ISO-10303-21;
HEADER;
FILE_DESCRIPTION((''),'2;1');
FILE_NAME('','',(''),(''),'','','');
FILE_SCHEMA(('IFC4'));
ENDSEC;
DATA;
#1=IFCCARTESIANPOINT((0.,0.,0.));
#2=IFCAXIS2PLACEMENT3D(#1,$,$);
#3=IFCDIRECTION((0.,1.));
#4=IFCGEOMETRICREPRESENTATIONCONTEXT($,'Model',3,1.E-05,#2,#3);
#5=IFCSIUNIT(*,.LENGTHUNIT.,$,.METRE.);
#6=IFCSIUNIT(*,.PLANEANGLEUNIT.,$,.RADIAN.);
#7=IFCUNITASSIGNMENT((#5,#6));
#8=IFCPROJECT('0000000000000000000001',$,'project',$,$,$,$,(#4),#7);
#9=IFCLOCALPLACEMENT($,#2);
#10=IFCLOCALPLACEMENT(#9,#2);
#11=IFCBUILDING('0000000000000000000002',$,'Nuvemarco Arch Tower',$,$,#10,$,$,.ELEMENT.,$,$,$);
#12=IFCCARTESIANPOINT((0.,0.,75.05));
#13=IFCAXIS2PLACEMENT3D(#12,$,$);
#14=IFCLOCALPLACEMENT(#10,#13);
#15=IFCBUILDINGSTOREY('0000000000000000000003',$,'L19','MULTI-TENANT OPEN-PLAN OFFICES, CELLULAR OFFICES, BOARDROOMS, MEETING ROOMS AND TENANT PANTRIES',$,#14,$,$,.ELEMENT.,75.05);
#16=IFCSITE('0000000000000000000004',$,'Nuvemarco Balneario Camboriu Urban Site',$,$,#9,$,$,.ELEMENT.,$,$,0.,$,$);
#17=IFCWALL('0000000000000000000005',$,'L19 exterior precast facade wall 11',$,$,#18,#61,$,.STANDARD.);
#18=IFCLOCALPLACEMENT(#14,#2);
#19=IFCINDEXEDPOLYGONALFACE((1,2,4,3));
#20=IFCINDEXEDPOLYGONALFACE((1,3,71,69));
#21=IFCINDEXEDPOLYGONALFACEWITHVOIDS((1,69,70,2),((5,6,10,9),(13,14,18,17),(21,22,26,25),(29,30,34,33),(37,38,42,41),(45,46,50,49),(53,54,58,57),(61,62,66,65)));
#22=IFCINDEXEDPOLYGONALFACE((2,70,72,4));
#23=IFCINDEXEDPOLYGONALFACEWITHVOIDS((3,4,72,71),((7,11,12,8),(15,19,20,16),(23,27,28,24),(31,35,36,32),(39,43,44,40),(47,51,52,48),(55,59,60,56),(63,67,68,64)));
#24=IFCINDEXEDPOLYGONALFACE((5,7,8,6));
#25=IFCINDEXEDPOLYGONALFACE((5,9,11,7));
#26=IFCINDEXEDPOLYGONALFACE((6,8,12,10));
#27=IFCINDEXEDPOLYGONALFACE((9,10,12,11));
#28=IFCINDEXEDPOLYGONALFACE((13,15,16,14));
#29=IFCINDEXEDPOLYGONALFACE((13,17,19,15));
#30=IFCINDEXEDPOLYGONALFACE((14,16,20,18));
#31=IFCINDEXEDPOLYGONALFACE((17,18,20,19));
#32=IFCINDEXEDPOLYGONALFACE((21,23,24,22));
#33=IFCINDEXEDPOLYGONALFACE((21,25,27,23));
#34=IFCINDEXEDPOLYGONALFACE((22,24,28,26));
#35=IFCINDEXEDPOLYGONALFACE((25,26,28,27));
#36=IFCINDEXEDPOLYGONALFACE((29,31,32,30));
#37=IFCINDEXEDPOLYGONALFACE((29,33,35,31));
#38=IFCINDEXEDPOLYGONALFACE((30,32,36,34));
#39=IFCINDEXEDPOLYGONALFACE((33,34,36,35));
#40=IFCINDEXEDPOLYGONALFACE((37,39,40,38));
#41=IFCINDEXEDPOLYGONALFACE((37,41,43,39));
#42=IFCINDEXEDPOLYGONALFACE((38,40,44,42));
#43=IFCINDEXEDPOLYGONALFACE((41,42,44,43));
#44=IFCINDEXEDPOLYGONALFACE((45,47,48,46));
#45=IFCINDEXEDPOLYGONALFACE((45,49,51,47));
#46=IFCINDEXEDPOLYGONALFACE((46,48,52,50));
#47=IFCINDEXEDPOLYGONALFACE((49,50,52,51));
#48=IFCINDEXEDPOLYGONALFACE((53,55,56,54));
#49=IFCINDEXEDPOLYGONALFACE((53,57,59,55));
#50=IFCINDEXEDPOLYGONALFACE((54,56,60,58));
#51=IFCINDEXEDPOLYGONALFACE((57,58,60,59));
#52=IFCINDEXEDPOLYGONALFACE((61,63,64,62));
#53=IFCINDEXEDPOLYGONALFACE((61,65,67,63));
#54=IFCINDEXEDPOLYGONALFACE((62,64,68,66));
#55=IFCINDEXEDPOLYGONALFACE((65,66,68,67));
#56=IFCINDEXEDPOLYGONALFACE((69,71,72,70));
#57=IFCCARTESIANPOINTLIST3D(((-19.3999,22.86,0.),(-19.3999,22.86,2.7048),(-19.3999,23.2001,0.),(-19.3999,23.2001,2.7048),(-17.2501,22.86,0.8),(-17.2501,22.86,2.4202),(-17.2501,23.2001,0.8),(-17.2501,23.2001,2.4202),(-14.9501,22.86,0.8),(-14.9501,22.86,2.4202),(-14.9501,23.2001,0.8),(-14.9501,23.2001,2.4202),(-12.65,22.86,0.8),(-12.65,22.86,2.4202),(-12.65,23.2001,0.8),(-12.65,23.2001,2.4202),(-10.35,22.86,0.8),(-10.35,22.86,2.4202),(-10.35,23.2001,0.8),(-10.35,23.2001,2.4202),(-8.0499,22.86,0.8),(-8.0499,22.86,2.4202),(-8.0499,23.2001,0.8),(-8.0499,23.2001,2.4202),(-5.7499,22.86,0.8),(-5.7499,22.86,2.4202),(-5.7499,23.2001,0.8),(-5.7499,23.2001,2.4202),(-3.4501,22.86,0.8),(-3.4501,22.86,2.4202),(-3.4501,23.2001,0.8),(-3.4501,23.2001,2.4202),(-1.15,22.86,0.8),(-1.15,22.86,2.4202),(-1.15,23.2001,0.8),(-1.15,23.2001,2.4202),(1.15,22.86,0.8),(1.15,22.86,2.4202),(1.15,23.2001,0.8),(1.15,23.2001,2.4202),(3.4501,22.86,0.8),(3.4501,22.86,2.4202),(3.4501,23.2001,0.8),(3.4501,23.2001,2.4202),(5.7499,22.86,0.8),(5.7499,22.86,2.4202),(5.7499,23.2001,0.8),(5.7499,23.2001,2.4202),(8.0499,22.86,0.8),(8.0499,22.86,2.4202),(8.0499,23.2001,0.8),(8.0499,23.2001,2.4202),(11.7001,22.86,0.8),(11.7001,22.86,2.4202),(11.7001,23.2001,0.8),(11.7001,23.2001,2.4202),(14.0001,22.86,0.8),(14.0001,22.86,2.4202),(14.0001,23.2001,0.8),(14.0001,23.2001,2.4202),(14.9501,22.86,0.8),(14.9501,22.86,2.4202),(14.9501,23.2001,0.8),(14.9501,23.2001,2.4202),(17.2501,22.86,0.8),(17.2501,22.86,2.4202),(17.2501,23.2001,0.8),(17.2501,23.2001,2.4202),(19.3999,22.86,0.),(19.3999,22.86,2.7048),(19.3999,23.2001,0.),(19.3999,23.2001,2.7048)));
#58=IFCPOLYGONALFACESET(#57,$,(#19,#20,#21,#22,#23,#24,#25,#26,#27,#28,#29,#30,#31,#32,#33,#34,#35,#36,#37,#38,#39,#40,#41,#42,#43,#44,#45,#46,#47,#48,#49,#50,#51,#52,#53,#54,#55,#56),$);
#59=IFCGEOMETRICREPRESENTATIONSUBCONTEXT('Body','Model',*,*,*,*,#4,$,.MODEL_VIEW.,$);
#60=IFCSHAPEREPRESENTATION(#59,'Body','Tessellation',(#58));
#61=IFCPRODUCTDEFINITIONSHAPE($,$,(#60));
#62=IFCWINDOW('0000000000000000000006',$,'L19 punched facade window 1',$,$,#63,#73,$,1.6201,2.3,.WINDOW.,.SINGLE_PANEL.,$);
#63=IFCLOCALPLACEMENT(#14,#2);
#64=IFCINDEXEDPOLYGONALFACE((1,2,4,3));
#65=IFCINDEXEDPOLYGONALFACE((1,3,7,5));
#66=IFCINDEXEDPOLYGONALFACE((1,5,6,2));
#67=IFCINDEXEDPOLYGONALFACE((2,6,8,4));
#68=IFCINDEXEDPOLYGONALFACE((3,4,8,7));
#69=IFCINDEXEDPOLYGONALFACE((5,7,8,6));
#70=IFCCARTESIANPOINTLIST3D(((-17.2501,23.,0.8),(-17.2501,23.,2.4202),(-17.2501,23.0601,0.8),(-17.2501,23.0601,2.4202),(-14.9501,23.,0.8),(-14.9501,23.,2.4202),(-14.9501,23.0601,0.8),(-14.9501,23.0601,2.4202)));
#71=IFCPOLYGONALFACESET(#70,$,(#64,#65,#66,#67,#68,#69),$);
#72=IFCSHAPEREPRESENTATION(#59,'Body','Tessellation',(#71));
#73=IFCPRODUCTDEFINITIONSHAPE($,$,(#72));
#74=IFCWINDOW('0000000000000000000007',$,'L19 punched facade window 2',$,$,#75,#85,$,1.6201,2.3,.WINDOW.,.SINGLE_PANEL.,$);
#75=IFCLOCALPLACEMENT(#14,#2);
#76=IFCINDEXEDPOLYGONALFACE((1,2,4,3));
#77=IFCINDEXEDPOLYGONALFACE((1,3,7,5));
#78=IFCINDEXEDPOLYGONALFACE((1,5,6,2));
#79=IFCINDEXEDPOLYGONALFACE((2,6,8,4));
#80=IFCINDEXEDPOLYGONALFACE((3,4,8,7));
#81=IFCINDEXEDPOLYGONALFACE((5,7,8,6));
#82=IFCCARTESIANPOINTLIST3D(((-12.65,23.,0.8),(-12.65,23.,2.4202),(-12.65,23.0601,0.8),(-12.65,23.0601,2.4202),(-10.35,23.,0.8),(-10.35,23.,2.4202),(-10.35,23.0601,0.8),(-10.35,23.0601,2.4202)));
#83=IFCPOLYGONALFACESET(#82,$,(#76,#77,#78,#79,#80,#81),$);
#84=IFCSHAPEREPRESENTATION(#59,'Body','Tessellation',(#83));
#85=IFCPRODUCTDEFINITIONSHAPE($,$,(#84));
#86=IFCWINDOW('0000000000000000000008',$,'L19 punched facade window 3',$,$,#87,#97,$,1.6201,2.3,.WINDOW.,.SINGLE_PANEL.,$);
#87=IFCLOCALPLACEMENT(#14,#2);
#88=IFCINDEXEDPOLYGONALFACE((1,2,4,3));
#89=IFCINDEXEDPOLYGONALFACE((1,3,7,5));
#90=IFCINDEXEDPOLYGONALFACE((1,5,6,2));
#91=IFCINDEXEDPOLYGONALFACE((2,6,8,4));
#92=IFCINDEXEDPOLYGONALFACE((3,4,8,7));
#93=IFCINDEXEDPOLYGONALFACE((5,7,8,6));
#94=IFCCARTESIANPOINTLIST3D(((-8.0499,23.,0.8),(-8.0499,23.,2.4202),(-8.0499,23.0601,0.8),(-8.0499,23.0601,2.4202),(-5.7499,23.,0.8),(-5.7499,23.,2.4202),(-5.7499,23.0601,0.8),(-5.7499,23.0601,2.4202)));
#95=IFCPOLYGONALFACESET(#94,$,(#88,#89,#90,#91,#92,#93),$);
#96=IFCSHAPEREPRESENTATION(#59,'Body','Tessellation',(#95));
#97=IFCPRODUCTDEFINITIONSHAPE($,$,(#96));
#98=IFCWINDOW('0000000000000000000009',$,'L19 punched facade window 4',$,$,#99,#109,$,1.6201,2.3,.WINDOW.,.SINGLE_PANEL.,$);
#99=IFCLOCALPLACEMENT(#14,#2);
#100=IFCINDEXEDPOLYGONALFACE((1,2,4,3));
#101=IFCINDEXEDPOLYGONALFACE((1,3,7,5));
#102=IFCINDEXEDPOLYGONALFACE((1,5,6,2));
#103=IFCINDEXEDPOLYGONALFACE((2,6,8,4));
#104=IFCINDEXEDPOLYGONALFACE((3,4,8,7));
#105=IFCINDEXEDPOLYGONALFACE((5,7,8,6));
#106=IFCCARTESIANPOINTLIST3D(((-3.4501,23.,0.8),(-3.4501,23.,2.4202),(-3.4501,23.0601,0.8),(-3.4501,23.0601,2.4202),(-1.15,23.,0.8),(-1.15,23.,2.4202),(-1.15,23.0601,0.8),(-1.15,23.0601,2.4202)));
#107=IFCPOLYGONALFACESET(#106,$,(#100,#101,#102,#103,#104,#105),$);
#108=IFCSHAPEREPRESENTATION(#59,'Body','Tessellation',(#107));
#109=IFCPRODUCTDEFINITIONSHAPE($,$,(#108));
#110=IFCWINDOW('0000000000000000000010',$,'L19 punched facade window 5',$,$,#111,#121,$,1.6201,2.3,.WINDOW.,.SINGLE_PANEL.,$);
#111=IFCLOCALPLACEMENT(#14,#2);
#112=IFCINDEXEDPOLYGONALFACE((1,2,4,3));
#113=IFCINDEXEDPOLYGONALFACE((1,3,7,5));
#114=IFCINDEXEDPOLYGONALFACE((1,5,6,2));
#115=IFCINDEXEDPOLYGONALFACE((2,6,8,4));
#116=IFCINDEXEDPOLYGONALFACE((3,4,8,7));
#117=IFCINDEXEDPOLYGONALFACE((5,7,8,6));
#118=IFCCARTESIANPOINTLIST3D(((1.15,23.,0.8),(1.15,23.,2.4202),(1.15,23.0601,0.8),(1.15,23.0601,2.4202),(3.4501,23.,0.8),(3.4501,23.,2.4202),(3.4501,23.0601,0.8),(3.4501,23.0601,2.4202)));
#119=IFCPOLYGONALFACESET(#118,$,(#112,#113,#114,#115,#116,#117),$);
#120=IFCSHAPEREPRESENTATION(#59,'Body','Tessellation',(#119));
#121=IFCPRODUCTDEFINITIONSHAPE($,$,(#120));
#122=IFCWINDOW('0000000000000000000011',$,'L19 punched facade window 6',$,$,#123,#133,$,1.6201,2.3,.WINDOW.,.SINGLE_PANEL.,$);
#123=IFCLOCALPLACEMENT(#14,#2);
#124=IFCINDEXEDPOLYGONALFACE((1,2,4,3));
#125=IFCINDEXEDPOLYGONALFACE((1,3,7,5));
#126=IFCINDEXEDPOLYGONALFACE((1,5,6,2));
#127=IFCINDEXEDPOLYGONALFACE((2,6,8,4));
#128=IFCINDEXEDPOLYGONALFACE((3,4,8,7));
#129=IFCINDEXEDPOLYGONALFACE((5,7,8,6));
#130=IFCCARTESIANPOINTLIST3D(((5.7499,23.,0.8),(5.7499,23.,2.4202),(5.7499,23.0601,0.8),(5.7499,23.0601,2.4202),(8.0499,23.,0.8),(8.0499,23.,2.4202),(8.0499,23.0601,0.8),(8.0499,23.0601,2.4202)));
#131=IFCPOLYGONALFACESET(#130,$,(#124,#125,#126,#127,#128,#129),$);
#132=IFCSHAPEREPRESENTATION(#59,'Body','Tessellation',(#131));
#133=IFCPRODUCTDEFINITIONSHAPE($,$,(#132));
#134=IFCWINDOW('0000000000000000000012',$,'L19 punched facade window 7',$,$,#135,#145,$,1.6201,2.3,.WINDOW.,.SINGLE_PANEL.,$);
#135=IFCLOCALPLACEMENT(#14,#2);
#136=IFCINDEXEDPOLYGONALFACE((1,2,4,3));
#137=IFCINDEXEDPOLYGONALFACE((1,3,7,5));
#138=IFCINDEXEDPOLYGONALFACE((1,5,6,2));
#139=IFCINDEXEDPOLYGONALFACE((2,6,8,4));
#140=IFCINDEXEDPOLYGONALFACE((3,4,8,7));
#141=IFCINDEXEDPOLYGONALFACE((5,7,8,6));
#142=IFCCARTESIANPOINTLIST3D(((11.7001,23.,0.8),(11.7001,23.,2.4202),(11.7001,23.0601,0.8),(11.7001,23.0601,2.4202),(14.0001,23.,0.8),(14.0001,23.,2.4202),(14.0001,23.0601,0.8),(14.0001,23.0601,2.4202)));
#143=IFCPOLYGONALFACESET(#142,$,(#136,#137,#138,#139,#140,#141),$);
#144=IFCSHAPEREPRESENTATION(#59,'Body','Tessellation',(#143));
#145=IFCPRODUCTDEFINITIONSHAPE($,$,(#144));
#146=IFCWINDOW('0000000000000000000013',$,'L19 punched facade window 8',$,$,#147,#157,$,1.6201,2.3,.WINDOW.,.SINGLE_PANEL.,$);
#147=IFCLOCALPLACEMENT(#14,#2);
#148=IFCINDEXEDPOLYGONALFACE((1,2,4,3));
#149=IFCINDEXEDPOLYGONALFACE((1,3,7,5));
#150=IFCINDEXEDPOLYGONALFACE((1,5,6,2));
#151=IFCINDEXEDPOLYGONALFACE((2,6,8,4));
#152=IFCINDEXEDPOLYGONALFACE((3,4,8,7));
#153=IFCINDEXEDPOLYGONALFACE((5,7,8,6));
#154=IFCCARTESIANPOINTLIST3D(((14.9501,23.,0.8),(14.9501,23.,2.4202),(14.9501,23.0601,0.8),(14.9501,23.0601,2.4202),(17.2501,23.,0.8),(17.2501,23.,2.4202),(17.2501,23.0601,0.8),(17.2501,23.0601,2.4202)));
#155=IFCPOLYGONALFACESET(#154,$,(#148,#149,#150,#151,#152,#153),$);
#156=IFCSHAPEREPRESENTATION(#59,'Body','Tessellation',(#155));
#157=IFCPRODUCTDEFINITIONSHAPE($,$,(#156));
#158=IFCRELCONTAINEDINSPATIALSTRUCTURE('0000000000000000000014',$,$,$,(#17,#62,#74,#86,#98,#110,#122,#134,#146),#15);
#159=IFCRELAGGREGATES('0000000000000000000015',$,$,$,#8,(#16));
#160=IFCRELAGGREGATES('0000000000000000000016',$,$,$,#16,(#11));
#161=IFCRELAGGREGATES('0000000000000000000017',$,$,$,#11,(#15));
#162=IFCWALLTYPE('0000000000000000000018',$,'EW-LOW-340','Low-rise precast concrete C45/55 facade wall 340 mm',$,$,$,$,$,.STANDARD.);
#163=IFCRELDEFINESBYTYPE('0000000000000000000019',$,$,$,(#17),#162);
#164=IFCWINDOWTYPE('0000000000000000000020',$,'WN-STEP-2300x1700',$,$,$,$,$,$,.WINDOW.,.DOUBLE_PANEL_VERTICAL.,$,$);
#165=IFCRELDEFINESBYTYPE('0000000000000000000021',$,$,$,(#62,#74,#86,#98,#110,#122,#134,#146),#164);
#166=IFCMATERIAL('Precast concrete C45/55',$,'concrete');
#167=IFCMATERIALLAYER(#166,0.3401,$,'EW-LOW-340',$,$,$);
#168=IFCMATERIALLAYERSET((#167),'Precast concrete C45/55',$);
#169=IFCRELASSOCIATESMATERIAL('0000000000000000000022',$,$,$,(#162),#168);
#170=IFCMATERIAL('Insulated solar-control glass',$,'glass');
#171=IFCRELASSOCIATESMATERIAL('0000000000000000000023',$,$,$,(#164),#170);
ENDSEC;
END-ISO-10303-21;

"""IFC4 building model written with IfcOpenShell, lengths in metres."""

from ifc_helpers import new_model, si_unit, direction, frame, frame_2d, origin, place, context, subcontext, project, spatial, rectangle, extrude, source, transform, mapped, material, layer, layer_set, type_object, type_shapes, element, fill, save


model = new_model("IFC4")

# Units and contexts
model_context = context("Model", 3, precision=1e-05, world=origin(), true_north=direction((0.0, 1.0)))
body_context = subcontext(model_context, "Body", "Model", "MODEL_VIEW")
ifc_project = project(units=[si_unit("LENGTHUNIT", "METRE"), si_unit("PLANEANGLEUNIT", "RADIAN")], contexts=[model_context])

# Site, building, storey
site_placement = place(None, origin())
site = spatial("IfcSite", under=ifc_project, at=site_placement, Name="Nuvemarco Balneario Camboriu Urban Site", CompositionType="ELEMENT", RefElevation=0.0)
building_placement = place(site_placement, origin())
building = spatial("IfcBuilding", under=site, at=building_placement, Name="Nuvemarco Arch Tower", CompositionType="ELEMENT")
storey_placement = place(building_placement, frame((0.0, 0.0, 75.05)))
storey = spatial("IfcBuildingStorey", under=building, at=storey_placement, Name="L19", Description="MULTI-TENANT OPEN-PLAN OFFICES, CELLULAR OFFICES, BOARDROOMS, MEETING ROOMS AND TENANT PANTRIES", CompositionType="ELEMENT", Elevation=75.05)

# Wall, openings, windows
ifc_material_1 = material(Name="Precast concrete C45/55", Category="concrete")
ifc_layer = layer(ifc_material_1, 0.3401, Name="EW-LOW-340")
ifc_layer_set = layer_set([ifc_layer], Name="Precast concrete C45/55")
wall_type = type_object("IfcWallType", Name="EW-LOW-340", Description="Low-rise precast concrete C45/55 facade wall 340 mm", PredefinedType="STANDARD", material=ifc_layer_set)
wall_1_placement = place(storey_placement, frame((-19.3999, 23.03, 0.0), z_axis=(0.0, 0.0, 1.0), x_axis=(1.0, 0.0, 0.0)))
wall_1 = element("IfcWall", 1, at=wall_1_placement, inside=storey, type_object=wall_type, Name="L19 exterior precast facade wall 11", PredefinedType="STANDARD", context=body_context, shape_type="SweptSolid", body=[
    extrude(rectangle(XDim=38.7998, YDim=0.3401, at=frame_2d((19.3999, 0.0))), origin(), (0.0, 0.0, 1.0), 2.7048),
])
opening_1_placement = place(wall_1_placement, frame((2.1499, 0.0, 0.8)))
opening_1 = element("IfcOpeningElement", 2, at=opening_1_placement, cuts=wall_1, PredefinedType="OPENING", context=body_context, shape_type="SweptSolid", body=[
    extrude(rectangle(XDim=2.3, YDim=1.6201, at=frame_2d((1.1499, 0.8101))), frame((0.0, 0.1799, 0.0), z_axis=(0.0, -1.0, 0.0), x_axis=(1.0, 0.0, 0.0)), (0.0, 0.0, 1.0), 0.3601),
])
opening_2_placement = place(wall_1_placement, frame((6.75, 0.0, 0.8)))
opening_2 = element("IfcOpeningElement", 3, at=opening_2_placement, cuts=wall_1, PredefinedType="OPENING", context=body_context, shape_type="SweptSolid", body=[
    extrude(rectangle(XDim=2.3, YDim=1.6201, at=frame_2d((1.1499, 0.8101))), frame((0.0, 0.1799, 0.0), z_axis=(0.0, -1.0, 0.0), x_axis=(1.0, 0.0, 0.0)), (0.0, 0.0, 1.0), 0.3601),
])
opening_3_placement = place(wall_1_placement, frame((11.3501, 0.0, 0.8)))
opening_3 = element("IfcOpeningElement", 4, at=opening_3_placement, cuts=wall_1, PredefinedType="OPENING", context=body_context, shape_type="SweptSolid", body=[
    extrude(rectangle(XDim=2.3, YDim=1.6201, at=frame_2d((1.1499, 0.8101))), frame((0.0, 0.1799, 0.0), z_axis=(0.0, -1.0, 0.0), x_axis=(1.0, 0.0, 0.0)), (0.0, 0.0, 1.0), 0.3601),
])
opening_4_placement = place(wall_1_placement, frame((15.95, 0.0, 0.8)))
opening_4 = element("IfcOpeningElement", 5, at=opening_4_placement, cuts=wall_1, PredefinedType="OPENING", context=body_context, shape_type="SweptSolid", body=[
    extrude(rectangle(XDim=2.3, YDim=1.6201, at=frame_2d((1.1499, 0.8101))), frame((0.0, 0.1799, 0.0), z_axis=(0.0, -1.0, 0.0), x_axis=(1.0, 0.0, 0.0)), (0.0, 0.0, 1.0), 0.3601),
])
opening_5_placement = place(wall_1_placement, frame((20.55, 0.0, 0.8)))
opening_5 = element("IfcOpeningElement", 6, at=opening_5_placement, cuts=wall_1, PredefinedType="OPENING", context=body_context, shape_type="SweptSolid", body=[
    extrude(rectangle(XDim=2.3, YDim=1.6201, at=frame_2d((1.1499, 0.8101))), frame((0.0, 0.1799, 0.0), z_axis=(0.0, -1.0, 0.0), x_axis=(1.0, 0.0, 0.0)), (0.0, 0.0, 1.0), 0.3601),
])
opening_6_placement = place(wall_1_placement, frame((25.1499, 0.0, 0.8)))
opening_6 = element("IfcOpeningElement", 7, at=opening_6_placement, cuts=wall_1, PredefinedType="OPENING", context=body_context, shape_type="SweptSolid", body=[
    extrude(rectangle(XDim=2.3, YDim=1.6201, at=frame_2d((1.1499, 0.8101))), frame((0.0, 0.1799, 0.0), z_axis=(0.0, -1.0, 0.0), x_axis=(1.0, 0.0, 0.0)), (0.0, 0.0, 1.0), 0.3601),
])
opening_7_placement = place(wall_1_placement, frame((31.1001, 0.0, 0.8)))
opening_7 = element("IfcOpeningElement", 8, at=opening_7_placement, cuts=wall_1, PredefinedType="OPENING", context=body_context, shape_type="SweptSolid", body=[
    extrude(rectangle(XDim=2.3, YDim=1.6201, at=frame_2d((1.1499, 0.8101))), frame((0.0, 0.1799, 0.0), z_axis=(0.0, -1.0, 0.0), x_axis=(1.0, 0.0, 0.0)), (0.0, 0.0, 1.0), 0.3601),
])
opening_8_placement = place(wall_1_placement, frame((34.3501, 0.0, 0.8)))
opening_8 = element("IfcOpeningElement", 9, at=opening_8_placement, cuts=wall_1, PredefinedType="OPENING", context=body_context, shape_type="SweptSolid", body=[
    extrude(rectangle(XDim=2.3, YDim=1.6201, at=frame_2d((1.1499, 0.8101))), frame((0.0, 0.1799, 0.0), z_axis=(0.0, -1.0, 0.0), x_axis=(1.0, 0.0, 0.0)), (0.0, 0.0, 1.0), 0.3601),
])
ifc_material_2 = material(Name="Insulated solar-control glass", Category="glass")
window_type = type_object("IfcWindowType", Name="WN-STEP-2300x1700", PartitioningType="DOUBLE_PANEL_VERTICAL", PredefinedType="WINDOW", material=ifc_material_2)
shared_shape_1 = source(origin(), body_context, "Body", "SweptSolid", [
    extrude(rectangle(XDim=2.3, YDim=1.6201, at=frame_2d((1.1499, 0.8101))), frame((0.0, 0.03, 0.0), z_axis=(0.0, -1.0, 0.0), x_axis=(1.0, 0.0, 0.0)), (0.0, 0.0, 1.0), 0.0601),
])
type_shapes(window_type, [shared_shape_1])
window_1_placement = place(opening_1_placement, origin())
window_1 = element("IfcWindow", 10, at=window_1_placement, inside=storey, type_object=window_type, Name="L19 punched facade window 1", OverallHeight=1.6201, OverallWidth=2.3, PartitioningType="SINGLE_PANEL", PredefinedType="WINDOW", context=body_context, shape_type="MappedRepresentation", body=[
    mapped(shared_shape_1, transform((0.0, 0.0, 0.0), scale=1.0)),
])
fill(opening_1, window_1)
window_2_placement = place(opening_2_placement, origin())
window_2 = element("IfcWindow", 11, at=window_2_placement, inside=storey, type_object=window_type, Name="L19 punched facade window 2", OverallHeight=1.6201, OverallWidth=2.3, PartitioningType="SINGLE_PANEL", PredefinedType="WINDOW", context=body_context, shape_type="MappedRepresentation", body=[
    mapped(shared_shape_1, transform((0.0, 0.0, 0.0), scale=1.0)),
])
fill(opening_2, window_2)
window_3_placement = place(opening_3_placement, origin())
window_3 = element("IfcWindow", 12, at=window_3_placement, inside=storey, type_object=window_type, Name="L19 punched facade window 3", OverallHeight=1.6201, OverallWidth=2.3, PartitioningType="SINGLE_PANEL", PredefinedType="WINDOW", context=body_context, shape_type="MappedRepresentation", body=[
    mapped(shared_shape_1, transform((0.0, 0.0, 0.0), scale=1.0)),
])
fill(opening_3, window_3)
window_4_placement = place(opening_4_placement, origin())
window_4 = element("IfcWindow", 13, at=window_4_placement, inside=storey, type_object=window_type, Name="L19 punched facade window 4", OverallHeight=1.6201, OverallWidth=2.3, PartitioningType="SINGLE_PANEL", PredefinedType="WINDOW", context=body_context, shape_type="MappedRepresentation", body=[
    mapped(shared_shape_1, transform((0.0, 0.0, 0.0), scale=1.0)),
])
fill(opening_4, window_4)
window_5_placement = place(opening_5_placement, origin())
window_5 = element("IfcWindow", 14, at=window_5_placement, inside=storey, type_object=window_type, Name="L19 punched facade window 5", OverallHeight=1.6201, OverallWidth=2.3, PartitioningType="SINGLE_PANEL", PredefinedType="WINDOW", context=body_context, shape_type="MappedRepresentation", body=[
    mapped(shared_shape_1, transform((0.0, 0.0, 0.0), scale=1.0)),
])
fill(opening_5, window_5)
window_6_placement = place(opening_6_placement, origin())
window_6 = element("IfcWindow", 15, at=window_6_placement, inside=storey, type_object=window_type, Name="L19 punched facade window 6", OverallHeight=1.6201, OverallWidth=2.3, PartitioningType="SINGLE_PANEL", PredefinedType="WINDOW", context=body_context, shape_type="MappedRepresentation", body=[
    mapped(shared_shape_1, transform((0.0, 0.0, 0.0), scale=1.0)),
])
fill(opening_6, window_6)
window_7_placement = place(opening_7_placement, origin())
window_7 = element("IfcWindow", 16, at=window_7_placement, inside=storey, type_object=window_type, Name="L19 punched facade window 7", OverallHeight=1.6201, OverallWidth=2.3, PartitioningType="SINGLE_PANEL", PredefinedType="WINDOW", context=body_context, shape_type="MappedRepresentation", body=[
    mapped(shared_shape_1, transform((0.0, 0.0, 0.0), scale=1.0)),
])
fill(opening_7, window_7)
window_8_placement = place(opening_8_placement, origin())
window_8 = element("IfcWindow", 17, at=window_8_placement, inside=storey, type_object=window_type, Name="L19 punched facade window 8", OverallHeight=1.6201, OverallWidth=2.3, PartitioningType="SINGLE_PANEL", PredefinedType="WINDOW", context=body_context, shape_type="MappedRepresentation", body=[
    mapped(shared_shape_1, transform((0.0, 0.0, 0.0), scale=1.0)),
])
fill(opening_8, window_8)

save(model, "model.ifc")
